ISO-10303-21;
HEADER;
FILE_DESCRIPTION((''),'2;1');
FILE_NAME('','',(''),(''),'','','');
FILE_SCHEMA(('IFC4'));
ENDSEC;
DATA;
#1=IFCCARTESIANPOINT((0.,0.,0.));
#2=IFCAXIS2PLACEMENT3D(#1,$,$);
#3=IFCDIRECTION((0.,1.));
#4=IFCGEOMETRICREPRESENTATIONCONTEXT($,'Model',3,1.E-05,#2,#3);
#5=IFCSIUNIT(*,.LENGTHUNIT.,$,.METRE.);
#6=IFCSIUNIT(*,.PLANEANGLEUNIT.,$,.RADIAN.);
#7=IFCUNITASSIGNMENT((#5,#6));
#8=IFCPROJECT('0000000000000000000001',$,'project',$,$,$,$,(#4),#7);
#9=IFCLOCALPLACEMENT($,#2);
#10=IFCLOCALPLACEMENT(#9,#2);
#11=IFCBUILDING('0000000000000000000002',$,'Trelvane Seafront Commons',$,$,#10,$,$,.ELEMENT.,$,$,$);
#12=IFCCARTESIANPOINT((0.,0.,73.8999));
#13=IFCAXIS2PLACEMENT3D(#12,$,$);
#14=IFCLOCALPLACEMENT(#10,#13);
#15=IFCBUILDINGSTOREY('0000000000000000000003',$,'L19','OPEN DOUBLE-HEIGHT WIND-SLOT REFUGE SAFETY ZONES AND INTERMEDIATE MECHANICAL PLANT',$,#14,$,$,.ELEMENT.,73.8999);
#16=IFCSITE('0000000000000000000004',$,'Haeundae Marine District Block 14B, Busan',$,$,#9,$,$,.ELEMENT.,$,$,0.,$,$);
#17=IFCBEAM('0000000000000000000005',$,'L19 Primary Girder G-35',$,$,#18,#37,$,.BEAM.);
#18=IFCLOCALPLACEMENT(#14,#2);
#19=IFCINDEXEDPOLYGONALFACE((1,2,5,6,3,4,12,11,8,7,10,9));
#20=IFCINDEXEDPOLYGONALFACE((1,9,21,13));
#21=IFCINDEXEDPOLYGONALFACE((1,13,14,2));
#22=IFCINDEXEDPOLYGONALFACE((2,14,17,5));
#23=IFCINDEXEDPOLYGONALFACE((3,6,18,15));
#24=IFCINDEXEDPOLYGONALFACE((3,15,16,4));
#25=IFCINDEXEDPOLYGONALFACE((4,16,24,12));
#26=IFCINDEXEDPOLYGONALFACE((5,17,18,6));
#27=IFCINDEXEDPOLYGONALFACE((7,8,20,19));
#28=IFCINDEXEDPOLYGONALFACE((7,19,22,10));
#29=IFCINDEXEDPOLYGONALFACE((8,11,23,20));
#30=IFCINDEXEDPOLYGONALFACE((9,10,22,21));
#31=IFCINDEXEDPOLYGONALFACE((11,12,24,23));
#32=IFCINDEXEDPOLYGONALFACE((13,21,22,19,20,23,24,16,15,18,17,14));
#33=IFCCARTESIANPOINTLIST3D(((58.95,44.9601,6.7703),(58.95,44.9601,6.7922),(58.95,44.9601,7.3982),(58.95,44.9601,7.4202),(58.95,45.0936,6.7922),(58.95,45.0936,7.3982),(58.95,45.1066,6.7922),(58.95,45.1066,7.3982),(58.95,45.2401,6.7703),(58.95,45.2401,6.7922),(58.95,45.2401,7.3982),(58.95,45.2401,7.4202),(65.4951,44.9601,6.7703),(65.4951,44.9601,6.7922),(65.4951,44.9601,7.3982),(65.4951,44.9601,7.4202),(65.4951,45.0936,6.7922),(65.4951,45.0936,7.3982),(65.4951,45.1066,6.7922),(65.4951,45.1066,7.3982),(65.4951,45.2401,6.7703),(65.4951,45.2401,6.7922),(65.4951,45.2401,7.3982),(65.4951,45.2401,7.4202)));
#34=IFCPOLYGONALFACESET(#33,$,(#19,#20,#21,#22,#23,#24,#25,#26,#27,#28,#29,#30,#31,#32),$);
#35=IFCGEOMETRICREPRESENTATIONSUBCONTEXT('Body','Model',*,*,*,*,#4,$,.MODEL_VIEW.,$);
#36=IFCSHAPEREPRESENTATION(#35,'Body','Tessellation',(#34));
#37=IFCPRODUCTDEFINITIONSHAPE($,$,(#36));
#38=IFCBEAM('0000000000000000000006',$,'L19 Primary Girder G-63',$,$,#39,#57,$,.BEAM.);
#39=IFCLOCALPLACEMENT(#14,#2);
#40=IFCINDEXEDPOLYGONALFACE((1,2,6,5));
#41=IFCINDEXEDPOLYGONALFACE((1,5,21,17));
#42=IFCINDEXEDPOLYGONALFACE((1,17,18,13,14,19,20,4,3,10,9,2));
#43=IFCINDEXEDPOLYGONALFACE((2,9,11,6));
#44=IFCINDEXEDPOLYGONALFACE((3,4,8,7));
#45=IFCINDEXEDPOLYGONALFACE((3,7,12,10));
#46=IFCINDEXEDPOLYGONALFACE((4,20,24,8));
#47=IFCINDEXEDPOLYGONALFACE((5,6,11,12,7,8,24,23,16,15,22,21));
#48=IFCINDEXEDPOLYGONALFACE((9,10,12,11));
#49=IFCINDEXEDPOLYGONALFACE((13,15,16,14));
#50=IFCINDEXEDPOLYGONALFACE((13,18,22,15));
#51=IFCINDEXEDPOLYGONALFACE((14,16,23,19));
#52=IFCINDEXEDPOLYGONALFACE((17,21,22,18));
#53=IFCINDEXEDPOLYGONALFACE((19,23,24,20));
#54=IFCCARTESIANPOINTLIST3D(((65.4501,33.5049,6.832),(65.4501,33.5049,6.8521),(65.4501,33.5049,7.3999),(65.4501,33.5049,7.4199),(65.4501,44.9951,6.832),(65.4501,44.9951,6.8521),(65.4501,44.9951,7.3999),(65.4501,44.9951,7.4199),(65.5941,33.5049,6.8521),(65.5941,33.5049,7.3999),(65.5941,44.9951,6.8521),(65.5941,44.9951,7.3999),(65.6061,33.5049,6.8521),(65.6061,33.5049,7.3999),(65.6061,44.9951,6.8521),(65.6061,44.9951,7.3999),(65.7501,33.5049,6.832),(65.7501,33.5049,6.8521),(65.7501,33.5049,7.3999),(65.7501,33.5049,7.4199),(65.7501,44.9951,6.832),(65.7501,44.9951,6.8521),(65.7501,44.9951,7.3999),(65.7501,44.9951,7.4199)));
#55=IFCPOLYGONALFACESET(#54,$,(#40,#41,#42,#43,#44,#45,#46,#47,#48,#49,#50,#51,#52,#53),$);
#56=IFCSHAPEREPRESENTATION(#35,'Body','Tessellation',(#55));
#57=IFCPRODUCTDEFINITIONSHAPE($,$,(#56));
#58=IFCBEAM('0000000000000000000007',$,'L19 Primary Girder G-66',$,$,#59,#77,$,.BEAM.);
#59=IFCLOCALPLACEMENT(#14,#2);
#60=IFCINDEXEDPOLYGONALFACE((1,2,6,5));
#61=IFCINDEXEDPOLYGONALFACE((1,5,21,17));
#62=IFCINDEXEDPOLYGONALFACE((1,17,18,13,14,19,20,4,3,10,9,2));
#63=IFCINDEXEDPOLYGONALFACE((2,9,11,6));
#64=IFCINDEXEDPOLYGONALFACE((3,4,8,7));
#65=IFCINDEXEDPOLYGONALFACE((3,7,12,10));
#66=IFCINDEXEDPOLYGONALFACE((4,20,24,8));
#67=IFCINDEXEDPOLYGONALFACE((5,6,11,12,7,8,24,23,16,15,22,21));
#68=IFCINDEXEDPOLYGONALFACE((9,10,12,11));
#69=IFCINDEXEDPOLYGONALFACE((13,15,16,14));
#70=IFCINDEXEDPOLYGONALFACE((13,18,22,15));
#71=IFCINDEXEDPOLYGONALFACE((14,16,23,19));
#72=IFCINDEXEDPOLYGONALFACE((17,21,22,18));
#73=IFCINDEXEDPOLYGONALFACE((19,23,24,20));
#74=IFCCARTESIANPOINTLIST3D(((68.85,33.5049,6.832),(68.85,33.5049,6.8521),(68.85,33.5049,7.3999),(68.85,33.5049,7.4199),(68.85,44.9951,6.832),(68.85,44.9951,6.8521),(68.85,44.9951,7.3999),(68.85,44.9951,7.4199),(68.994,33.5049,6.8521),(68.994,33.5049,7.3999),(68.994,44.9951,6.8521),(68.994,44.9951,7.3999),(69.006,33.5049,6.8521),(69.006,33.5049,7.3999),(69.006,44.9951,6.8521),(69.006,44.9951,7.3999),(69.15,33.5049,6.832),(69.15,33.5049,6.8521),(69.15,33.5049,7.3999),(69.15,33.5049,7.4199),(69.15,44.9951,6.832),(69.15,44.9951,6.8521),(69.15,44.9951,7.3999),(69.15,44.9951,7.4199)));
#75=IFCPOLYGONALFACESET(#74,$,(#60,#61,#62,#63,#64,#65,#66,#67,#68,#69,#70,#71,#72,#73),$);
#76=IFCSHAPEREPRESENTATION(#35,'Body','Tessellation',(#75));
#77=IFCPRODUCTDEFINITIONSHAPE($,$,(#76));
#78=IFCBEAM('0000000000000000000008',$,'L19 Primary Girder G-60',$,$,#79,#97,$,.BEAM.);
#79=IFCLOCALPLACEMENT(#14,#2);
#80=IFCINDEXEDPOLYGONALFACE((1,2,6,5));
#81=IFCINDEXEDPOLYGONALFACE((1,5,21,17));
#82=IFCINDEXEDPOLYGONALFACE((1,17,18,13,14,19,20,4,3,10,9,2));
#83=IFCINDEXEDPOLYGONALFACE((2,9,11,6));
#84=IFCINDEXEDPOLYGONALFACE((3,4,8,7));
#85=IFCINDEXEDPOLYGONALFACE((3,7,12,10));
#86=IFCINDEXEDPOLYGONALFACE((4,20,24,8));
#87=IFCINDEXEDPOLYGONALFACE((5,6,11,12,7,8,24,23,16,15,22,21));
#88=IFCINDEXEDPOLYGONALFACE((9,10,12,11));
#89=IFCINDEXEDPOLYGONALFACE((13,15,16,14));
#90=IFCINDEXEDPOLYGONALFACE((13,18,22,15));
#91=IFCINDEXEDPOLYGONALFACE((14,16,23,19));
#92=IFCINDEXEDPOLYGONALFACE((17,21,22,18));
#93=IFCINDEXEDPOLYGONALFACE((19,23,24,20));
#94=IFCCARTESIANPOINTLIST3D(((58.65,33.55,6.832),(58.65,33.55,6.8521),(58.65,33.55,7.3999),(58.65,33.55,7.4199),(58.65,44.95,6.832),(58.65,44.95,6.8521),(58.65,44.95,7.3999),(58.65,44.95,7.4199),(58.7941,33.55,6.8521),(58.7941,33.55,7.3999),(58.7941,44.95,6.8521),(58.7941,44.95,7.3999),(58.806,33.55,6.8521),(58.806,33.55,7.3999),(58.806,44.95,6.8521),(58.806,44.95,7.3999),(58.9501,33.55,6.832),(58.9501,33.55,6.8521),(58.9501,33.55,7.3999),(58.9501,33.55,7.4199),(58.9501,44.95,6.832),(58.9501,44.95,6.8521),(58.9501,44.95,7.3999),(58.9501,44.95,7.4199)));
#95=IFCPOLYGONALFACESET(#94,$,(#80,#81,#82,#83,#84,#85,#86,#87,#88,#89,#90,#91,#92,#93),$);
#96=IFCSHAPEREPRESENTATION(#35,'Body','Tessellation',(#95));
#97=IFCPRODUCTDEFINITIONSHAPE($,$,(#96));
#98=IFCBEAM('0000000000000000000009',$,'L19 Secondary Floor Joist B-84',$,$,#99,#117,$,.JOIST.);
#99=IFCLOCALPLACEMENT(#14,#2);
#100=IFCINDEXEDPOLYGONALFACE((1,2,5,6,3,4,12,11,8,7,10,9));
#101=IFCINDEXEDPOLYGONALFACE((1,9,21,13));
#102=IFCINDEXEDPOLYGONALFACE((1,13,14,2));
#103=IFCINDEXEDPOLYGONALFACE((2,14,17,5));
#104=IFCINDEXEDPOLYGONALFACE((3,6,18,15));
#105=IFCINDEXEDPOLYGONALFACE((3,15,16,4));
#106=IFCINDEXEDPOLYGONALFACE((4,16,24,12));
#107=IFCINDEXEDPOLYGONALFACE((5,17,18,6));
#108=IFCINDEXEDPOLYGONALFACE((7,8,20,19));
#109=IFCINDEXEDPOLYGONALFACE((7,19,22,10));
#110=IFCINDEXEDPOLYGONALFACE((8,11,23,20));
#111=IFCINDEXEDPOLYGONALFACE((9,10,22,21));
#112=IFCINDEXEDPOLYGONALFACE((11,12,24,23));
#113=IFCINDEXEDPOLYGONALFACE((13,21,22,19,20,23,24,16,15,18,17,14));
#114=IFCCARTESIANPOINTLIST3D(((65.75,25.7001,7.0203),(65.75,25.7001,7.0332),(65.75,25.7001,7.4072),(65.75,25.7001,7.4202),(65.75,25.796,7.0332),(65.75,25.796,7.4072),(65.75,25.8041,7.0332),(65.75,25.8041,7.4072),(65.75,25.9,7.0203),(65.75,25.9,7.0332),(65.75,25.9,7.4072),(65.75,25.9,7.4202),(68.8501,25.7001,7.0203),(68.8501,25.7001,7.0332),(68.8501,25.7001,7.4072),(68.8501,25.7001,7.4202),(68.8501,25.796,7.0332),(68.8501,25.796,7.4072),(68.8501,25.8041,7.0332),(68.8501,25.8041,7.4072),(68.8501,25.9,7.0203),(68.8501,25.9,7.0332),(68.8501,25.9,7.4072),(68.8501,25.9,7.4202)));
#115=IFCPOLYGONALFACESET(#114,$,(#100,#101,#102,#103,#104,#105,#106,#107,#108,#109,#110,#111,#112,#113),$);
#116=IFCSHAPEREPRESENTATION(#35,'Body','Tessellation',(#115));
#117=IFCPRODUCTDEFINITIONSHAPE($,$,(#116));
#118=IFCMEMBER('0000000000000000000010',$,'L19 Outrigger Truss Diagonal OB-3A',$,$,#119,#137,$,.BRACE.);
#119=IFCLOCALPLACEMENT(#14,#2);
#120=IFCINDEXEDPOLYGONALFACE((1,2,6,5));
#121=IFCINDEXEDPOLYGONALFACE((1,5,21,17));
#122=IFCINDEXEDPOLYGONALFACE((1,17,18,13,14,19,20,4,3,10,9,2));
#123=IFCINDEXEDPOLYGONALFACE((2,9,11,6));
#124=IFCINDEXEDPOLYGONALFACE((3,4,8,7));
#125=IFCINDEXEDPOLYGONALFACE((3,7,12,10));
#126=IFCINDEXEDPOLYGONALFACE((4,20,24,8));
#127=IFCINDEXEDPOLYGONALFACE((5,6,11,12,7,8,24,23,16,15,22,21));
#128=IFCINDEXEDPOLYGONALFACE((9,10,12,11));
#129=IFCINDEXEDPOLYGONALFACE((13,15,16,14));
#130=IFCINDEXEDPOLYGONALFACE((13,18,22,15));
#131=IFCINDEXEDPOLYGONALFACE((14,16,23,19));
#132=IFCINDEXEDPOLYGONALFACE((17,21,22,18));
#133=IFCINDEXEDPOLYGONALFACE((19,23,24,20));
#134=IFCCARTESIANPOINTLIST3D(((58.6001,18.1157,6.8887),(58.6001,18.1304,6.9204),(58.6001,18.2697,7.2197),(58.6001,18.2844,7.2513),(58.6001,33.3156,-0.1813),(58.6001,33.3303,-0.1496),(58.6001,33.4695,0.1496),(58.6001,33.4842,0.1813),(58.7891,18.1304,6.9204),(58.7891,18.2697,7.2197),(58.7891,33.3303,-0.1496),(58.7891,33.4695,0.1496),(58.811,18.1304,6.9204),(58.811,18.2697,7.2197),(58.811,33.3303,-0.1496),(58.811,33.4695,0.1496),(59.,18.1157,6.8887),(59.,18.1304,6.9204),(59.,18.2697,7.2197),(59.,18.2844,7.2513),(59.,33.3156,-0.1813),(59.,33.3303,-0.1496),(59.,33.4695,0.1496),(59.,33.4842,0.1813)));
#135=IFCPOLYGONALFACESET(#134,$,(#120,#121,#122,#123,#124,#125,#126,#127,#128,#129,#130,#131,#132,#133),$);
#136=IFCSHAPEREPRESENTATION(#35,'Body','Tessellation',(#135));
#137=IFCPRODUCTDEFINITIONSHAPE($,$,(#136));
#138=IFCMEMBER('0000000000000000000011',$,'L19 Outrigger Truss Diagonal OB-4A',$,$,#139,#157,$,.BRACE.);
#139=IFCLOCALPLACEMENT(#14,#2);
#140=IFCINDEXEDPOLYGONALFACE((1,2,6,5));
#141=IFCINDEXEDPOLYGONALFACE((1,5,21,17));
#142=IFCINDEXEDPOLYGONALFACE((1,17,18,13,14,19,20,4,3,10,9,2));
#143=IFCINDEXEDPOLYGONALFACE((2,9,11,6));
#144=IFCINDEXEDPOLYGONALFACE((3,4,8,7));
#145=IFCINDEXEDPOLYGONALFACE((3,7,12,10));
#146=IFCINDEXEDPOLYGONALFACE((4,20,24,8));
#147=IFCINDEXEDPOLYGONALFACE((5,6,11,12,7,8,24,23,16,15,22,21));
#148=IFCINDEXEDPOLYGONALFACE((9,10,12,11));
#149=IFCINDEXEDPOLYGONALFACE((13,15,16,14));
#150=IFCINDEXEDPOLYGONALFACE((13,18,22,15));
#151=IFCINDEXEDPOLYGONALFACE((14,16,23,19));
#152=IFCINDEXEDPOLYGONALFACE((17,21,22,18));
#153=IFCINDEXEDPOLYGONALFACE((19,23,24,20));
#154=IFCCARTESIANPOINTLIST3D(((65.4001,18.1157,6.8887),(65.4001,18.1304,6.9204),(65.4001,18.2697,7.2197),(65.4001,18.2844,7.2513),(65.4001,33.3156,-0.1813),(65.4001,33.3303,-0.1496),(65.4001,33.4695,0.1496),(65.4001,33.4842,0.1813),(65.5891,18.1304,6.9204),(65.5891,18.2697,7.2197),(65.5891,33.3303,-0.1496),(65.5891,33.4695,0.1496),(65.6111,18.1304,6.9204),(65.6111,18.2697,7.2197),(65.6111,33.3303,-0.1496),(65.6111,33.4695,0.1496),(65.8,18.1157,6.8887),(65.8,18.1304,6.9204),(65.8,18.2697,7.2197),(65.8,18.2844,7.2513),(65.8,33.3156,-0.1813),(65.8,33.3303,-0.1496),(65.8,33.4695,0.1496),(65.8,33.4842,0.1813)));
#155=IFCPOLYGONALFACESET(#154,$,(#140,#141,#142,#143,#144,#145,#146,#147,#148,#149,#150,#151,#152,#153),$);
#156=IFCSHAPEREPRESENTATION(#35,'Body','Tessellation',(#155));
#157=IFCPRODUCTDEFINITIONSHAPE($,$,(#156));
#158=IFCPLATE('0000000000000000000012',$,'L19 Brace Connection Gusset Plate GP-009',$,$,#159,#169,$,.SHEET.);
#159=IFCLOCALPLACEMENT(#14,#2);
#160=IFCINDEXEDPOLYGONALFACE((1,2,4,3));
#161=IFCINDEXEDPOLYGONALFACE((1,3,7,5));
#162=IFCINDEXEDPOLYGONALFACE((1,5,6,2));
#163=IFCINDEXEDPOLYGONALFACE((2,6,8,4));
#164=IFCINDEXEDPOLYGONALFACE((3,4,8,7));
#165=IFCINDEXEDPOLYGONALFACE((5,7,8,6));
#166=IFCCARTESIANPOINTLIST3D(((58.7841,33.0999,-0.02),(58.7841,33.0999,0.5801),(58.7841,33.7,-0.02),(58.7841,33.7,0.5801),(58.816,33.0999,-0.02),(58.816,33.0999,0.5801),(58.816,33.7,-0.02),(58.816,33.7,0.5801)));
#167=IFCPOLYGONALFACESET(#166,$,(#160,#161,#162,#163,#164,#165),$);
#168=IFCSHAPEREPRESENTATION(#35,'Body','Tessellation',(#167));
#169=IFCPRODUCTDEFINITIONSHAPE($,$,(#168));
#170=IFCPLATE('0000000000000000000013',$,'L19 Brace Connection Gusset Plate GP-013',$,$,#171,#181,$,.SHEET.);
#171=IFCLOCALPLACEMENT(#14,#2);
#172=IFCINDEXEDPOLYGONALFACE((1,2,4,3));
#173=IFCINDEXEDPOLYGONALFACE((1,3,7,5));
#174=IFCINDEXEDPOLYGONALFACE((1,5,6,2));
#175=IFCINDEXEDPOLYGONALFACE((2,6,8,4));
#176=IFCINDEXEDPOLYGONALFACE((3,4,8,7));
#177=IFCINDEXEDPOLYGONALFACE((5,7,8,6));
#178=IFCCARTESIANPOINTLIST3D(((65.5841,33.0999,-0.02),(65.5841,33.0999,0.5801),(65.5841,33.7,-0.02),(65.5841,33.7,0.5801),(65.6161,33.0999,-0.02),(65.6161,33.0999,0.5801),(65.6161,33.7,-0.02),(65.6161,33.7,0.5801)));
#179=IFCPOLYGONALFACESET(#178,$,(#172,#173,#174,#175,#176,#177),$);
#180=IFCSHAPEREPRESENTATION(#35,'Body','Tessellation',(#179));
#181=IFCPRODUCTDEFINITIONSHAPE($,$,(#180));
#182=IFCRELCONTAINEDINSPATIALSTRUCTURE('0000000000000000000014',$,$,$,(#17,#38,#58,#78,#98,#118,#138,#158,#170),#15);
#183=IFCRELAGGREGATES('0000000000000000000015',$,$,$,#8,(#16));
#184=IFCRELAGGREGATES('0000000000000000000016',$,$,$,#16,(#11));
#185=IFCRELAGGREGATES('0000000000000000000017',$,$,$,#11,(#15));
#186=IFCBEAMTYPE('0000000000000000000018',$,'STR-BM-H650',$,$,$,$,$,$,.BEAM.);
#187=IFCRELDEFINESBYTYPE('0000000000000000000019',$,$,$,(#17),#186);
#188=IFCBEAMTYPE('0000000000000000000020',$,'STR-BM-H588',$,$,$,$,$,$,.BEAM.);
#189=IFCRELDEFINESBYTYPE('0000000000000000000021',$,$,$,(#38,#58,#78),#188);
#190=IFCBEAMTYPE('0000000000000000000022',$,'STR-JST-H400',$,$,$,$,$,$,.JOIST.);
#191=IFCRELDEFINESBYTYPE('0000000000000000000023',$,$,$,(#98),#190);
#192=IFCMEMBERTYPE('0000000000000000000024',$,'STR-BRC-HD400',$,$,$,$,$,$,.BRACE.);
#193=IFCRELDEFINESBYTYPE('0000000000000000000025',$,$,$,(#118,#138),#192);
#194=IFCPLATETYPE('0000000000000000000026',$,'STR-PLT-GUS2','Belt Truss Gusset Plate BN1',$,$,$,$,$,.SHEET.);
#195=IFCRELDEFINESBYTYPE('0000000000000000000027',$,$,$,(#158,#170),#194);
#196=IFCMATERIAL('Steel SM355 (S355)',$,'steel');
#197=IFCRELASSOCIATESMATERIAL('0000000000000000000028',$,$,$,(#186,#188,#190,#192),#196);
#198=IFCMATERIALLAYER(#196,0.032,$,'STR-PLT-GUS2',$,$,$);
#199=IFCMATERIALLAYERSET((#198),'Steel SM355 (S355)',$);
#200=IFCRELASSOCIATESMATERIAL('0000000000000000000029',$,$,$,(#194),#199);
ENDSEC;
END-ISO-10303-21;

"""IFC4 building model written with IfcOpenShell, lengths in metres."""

from ifc_helpers import new_model, si_unit, direction, frame, origin, origin_2d, place, context, subcontext, project, spatial, rectangle, i_section, extrude, source, transform, mapped, material, layer, layer_set, material_profile, profile_set, type_object, element, save


model = new_model("IFC4")

# Units and contexts
model_context = context("Model", 3, precision=1e-05, world=origin(), true_north=direction((0.0, 1.0)))
body_context = subcontext(model_context, "Body", "Model", "MODEL_VIEW")
ifc_project = project(units=[si_unit("LENGTHUNIT", "METRE"), si_unit("PLANEANGLEUNIT", "RADIAN")], contexts=[model_context])

# Site, building, storey
site_placement = place(None, origin())
site = spatial("IfcSite", under=ifc_project, at=site_placement, Name="Haeundae Marine District Block 14B, Busan", CompositionType="ELEMENT", RefElevation=0.0)
building_placement = place(site_placement, origin())
building = spatial("IfcBuilding", under=site, at=building_placement, Name="Trelvane Seafront Commons", CompositionType="ELEMENT")
storey_placement = place(building_placement, frame((0.0, 0.0, 73.8999)))
storey = spatial("IfcBuildingStorey", under=building, at=storey_placement, Name="L19", Description="OPEN DOUBLE-HEIGHT WIND-SLOT REFUGE SAFETY ZONES AND INTERMEDIATE MECHANICAL PLANT", CompositionType="ELEMENT", Elevation=73.8999)

# Shared definitions
ifc_material_1 = material(Name="Steel SM355 (S355)", Category="steel")

# Beams
ifc_material_profile_1 = material_profile(ifc_material_1, i_section(OverallWidth=0.28, OverallDepth=0.6499, WebThickness=0.0129, FlangeThickness=0.022, at=origin_2d()), Name="H-650x280x13x22")
ifc_profile_set_1 = profile_set([ifc_material_profile_1], Name="Steel SM355 (S355)")
beam_type_1 = type_object("IfcBeamType", Name="STR-BM-H650", PredefinedType="BEAM", material=ifc_profile_set_1)
shared_shape_1 = source(origin(), body_context, "Body", "SweptSolid", [
    extrude(i_section(OverallWidth=0.28, OverallDepth=0.6499, WebThickness=0.0129, FlangeThickness=0.022, at=origin_2d()), origin(), (0.0, 0.0, 1.0), 6.5452),
])
for number, where, z_axis, x_axis, name in (
    (1, (58.95, 45.1001, 7.0952), (1.0, 0.0, 0.0), (0.0, 1.0, 0.0), "L19 Primary Girder G-35"),
):
    element("IfcBeam", number, at=place(storey_placement, frame(where, z_axis=z_axis, x_axis=x_axis)), inside=storey, type_object=beam_type_1, Name=name, PredefinedType="BEAM", context=body_context, shape_type="MappedRepresentation", body=[
        mapped(shared_shape_1, transform((0.0, 0.0, 0.0), x_axis=(1.0, 0.0, 0.0), y_axis=(0.0, 1.0, 0.0), z_axis=(0.0, 0.0, 1.0), scale=1.0)),
    ])
ifc_material_profile_2 = material_profile(ifc_material_1, i_section(OverallWidth=0.3, OverallDepth=0.5879, WebThickness=0.012, FlangeThickness=0.02, at=origin_2d()), Name="H-588x300x12x20")
ifc_profile_set_2 = profile_set([ifc_material_profile_2], Name="Steel SM355 (S355)")
beam_type_2 = type_object("IfcBeamType", Name="STR-BM-H588", PredefinedType="BEAM", material=ifc_profile_set_2)
shared_shape_2 = source(origin(), body_context, "Body", "SweptSolid", [
    extrude(i_section(OverallWidth=0.3, OverallDepth=0.5879, WebThickness=0.012, FlangeThickness=0.02, at=origin_2d()), origin(), (0.0, 0.0, 1.0), 11.4902),
])
for number, where, z_axis, x_axis, name in (
    (2, (65.6001, 33.5049, 7.126), (0.0, 1.0, 0.0), (-1.0, 0.0, 0.0), "L19 Primary Girder G-63"),
    (3, (69.0, 33.5049, 7.126), (0.0, 1.0, 0.0), (-1.0, 0.0, 0.0), "L19 Primary Girder G-66"),
):
    element("IfcBeam", number, at=place(storey_placement, frame(where, z_axis=z_axis, x_axis=x_axis)), inside=storey, type_object=beam_type_2, Name=name, PredefinedType="BEAM", context=body_context, shape_type="MappedRepresentation", body=[
        mapped(shared_shape_2, transform((0.0, 0.0, 0.0), x_axis=(1.0, 0.0, 0.0), y_axis=(0.0, 1.0, 0.0), z_axis=(0.0, 0.0, 1.0), scale=1.0)),
    ])
shared_shape_3 = source(origin(), body_context, "Body", "SweptSolid", [
    extrude(i_section(OverallWidth=0.3, OverallDepth=0.5879, WebThickness=0.012, FlangeThickness=0.02, at=origin_2d()), origin(), (0.0, 0.0, 1.0), 11.3999),
])
beam_1_placement = place(storey_placement, frame((58.8, 33.55, 7.126), z_axis=(0.0, 1.0, 0.0), x_axis=(-1.0, 0.0, 0.0)))
element("IfcBeam", 4, at=beam_1_placement, inside=storey, type_object=beam_type_2, Name="L19 Primary Girder G-60", PredefinedType="BEAM", context=body_context, shape_type="MappedRepresentation", body=[
    mapped(shared_shape_3, transform((0.0, 0.0, 0.0), x_axis=(1.0, 0.0, 0.0), y_axis=(0.0, 1.0, 0.0), z_axis=(0.0, 0.0, 1.0), scale=1.0)),
])
ifc_material_profile_3 = material_profile(ifc_material_1, i_section(OverallWidth=0.2, OverallDepth=0.3999, WebThickness=0.0081, FlangeThickness=0.0129, at=origin_2d()), Name="H-400x200x8x13")
ifc_profile_set_3 = profile_set([ifc_material_profile_3], Name="Steel SM355 (S355)")
beam_type_3 = type_object("IfcBeamType", Name="STR-JST-H400", PredefinedType="JOIST", material=ifc_profile_set_3)
shared_shape_4 = source(origin(), body_context, "Body", "SweptSolid", [
    extrude(i_section(OverallWidth=0.2, OverallDepth=0.3999, WebThickness=0.0081, FlangeThickness=0.0129, at=origin_2d()), origin(), (0.0, 0.0, 1.0), 3.1001),
])
beam_2_placement = place(storey_placement, frame((65.75, 25.8, 7.2202), z_axis=(1.0, 0.0, 0.0), x_axis=(0.0, 1.0, 0.0)))
element("IfcBeam", 5, at=beam_2_placement, inside=storey, type_object=beam_type_3, Name="L19 Secondary Floor Joist B-84", PredefinedType="JOIST", context=body_context, shape_type="MappedRepresentation", body=[
    mapped(shared_shape_4, transform((0.0, 0.0, 0.0), x_axis=(1.0, 0.0, 0.0), y_axis=(0.0, 1.0, 0.0), z_axis=(0.0, 0.0, 1.0), scale=1.0)),
])

# Members
ifc_material_profile_4 = material_profile(ifc_material_1, i_section(OverallWidth=0.3999, OverallDepth=0.3999, WebThickness=0.022, FlangeThickness=0.0349, at=origin_2d()), Name="HD-400x400x22x35")
ifc_profile_set_4 = profile_set([ifc_material_profile_4], Name="Steel SM355 (S355)")
member_type = type_object("IfcMemberType", Name="STR-BRC-HD400", PredefinedType="BRACE", material=ifc_profile_set_4)
shared_shape_5 = source(origin(), body_context, "Body", "SweptSolid", [
    extrude(i_section(OverallWidth=0.3999, OverallDepth=0.3999, WebThickness=0.022, FlangeThickness=0.0349, at=origin_2d()), origin(), (0.0, 0.0, 1.0), 16.7637),
])
for number, where, z_axis, x_axis, name in (
    (6, (58.8, 33.3999, 0.0), (0.0, -0.906714, 0.421747), (1.0, 0.0, 0.0), "L19 Outrigger Truss Diagonal OB-3A"),
    (7, (65.6001, 33.3999, 0.0), (0.0, -0.906714, 0.421747), (1.0, 0.0, 0.0), "L19 Outrigger Truss Diagonal OB-4A"),
):
    element("IfcMember", number, at=place(storey_placement, frame(where, z_axis=z_axis, x_axis=x_axis)), inside=storey, type_object=member_type, Name=name, PredefinedType="BRACE", context=body_context, shape_type="MappedRepresentation", body=[
        mapped(shared_shape_5, transform((0.0, 0.0, 0.0), x_axis=(1.0, 0.0, 0.0), y_axis=(0.0, 1.0, 0.0), z_axis=(0.0, 0.0, 1.0), scale=1.0)),
    ])

# Plates
ifc_layer_1 = layer(ifc_material_1, 0.032, Name="STR-PLT-GUS2")
ifc_layer_set_1 = layer_set([ifc_layer_1], Name="Steel SM355 (S355)")
plate_type = type_object("IfcPlateType", Name="STR-PLT-GUS2", Description="Belt Truss Gusset Plate BN1", PredefinedType="SHEET", material=ifc_layer_set_1)
shared_shape_6 = source(origin(), body_context, "Body", "SweptSolid", [
    extrude(rectangle(XDim=0.032, YDim=0.6001, at=origin_2d()), origin(), (0.0, 0.0, 1.0), 0.6001),
])
for number, where, z_axis, x_axis, name in (
    (8, (58.8, 33.3999, -0.02), (0.0, 0.0, 1.0), (1.0, 0.0, 0.0), "L19 Brace Connection Gusset Plate GP-009"),
    (9, (65.6001, 33.3999, -0.02), (0.0, 0.0, 1.0), (1.0, 0.0, 0.0), "L19 Brace Connection Gusset Plate GP-013"),
):
    element("IfcPlate", number, at=place(storey_placement, frame(where, z_axis=z_axis, x_axis=x_axis)), inside=storey, type_object=plate_type, Name=name, PredefinedType="SHEET", context=body_context, shape_type="MappedRepresentation", body=[
        mapped(shared_shape_6, transform((0.0, 0.0, 0.0), x_axis=(1.0, 0.0, 0.0), y_axis=(0.0, 1.0, 0.0), z_axis=(0.0, 0.0, 1.0), scale=1.0)),
    ])

save(model, "model.ifc")
